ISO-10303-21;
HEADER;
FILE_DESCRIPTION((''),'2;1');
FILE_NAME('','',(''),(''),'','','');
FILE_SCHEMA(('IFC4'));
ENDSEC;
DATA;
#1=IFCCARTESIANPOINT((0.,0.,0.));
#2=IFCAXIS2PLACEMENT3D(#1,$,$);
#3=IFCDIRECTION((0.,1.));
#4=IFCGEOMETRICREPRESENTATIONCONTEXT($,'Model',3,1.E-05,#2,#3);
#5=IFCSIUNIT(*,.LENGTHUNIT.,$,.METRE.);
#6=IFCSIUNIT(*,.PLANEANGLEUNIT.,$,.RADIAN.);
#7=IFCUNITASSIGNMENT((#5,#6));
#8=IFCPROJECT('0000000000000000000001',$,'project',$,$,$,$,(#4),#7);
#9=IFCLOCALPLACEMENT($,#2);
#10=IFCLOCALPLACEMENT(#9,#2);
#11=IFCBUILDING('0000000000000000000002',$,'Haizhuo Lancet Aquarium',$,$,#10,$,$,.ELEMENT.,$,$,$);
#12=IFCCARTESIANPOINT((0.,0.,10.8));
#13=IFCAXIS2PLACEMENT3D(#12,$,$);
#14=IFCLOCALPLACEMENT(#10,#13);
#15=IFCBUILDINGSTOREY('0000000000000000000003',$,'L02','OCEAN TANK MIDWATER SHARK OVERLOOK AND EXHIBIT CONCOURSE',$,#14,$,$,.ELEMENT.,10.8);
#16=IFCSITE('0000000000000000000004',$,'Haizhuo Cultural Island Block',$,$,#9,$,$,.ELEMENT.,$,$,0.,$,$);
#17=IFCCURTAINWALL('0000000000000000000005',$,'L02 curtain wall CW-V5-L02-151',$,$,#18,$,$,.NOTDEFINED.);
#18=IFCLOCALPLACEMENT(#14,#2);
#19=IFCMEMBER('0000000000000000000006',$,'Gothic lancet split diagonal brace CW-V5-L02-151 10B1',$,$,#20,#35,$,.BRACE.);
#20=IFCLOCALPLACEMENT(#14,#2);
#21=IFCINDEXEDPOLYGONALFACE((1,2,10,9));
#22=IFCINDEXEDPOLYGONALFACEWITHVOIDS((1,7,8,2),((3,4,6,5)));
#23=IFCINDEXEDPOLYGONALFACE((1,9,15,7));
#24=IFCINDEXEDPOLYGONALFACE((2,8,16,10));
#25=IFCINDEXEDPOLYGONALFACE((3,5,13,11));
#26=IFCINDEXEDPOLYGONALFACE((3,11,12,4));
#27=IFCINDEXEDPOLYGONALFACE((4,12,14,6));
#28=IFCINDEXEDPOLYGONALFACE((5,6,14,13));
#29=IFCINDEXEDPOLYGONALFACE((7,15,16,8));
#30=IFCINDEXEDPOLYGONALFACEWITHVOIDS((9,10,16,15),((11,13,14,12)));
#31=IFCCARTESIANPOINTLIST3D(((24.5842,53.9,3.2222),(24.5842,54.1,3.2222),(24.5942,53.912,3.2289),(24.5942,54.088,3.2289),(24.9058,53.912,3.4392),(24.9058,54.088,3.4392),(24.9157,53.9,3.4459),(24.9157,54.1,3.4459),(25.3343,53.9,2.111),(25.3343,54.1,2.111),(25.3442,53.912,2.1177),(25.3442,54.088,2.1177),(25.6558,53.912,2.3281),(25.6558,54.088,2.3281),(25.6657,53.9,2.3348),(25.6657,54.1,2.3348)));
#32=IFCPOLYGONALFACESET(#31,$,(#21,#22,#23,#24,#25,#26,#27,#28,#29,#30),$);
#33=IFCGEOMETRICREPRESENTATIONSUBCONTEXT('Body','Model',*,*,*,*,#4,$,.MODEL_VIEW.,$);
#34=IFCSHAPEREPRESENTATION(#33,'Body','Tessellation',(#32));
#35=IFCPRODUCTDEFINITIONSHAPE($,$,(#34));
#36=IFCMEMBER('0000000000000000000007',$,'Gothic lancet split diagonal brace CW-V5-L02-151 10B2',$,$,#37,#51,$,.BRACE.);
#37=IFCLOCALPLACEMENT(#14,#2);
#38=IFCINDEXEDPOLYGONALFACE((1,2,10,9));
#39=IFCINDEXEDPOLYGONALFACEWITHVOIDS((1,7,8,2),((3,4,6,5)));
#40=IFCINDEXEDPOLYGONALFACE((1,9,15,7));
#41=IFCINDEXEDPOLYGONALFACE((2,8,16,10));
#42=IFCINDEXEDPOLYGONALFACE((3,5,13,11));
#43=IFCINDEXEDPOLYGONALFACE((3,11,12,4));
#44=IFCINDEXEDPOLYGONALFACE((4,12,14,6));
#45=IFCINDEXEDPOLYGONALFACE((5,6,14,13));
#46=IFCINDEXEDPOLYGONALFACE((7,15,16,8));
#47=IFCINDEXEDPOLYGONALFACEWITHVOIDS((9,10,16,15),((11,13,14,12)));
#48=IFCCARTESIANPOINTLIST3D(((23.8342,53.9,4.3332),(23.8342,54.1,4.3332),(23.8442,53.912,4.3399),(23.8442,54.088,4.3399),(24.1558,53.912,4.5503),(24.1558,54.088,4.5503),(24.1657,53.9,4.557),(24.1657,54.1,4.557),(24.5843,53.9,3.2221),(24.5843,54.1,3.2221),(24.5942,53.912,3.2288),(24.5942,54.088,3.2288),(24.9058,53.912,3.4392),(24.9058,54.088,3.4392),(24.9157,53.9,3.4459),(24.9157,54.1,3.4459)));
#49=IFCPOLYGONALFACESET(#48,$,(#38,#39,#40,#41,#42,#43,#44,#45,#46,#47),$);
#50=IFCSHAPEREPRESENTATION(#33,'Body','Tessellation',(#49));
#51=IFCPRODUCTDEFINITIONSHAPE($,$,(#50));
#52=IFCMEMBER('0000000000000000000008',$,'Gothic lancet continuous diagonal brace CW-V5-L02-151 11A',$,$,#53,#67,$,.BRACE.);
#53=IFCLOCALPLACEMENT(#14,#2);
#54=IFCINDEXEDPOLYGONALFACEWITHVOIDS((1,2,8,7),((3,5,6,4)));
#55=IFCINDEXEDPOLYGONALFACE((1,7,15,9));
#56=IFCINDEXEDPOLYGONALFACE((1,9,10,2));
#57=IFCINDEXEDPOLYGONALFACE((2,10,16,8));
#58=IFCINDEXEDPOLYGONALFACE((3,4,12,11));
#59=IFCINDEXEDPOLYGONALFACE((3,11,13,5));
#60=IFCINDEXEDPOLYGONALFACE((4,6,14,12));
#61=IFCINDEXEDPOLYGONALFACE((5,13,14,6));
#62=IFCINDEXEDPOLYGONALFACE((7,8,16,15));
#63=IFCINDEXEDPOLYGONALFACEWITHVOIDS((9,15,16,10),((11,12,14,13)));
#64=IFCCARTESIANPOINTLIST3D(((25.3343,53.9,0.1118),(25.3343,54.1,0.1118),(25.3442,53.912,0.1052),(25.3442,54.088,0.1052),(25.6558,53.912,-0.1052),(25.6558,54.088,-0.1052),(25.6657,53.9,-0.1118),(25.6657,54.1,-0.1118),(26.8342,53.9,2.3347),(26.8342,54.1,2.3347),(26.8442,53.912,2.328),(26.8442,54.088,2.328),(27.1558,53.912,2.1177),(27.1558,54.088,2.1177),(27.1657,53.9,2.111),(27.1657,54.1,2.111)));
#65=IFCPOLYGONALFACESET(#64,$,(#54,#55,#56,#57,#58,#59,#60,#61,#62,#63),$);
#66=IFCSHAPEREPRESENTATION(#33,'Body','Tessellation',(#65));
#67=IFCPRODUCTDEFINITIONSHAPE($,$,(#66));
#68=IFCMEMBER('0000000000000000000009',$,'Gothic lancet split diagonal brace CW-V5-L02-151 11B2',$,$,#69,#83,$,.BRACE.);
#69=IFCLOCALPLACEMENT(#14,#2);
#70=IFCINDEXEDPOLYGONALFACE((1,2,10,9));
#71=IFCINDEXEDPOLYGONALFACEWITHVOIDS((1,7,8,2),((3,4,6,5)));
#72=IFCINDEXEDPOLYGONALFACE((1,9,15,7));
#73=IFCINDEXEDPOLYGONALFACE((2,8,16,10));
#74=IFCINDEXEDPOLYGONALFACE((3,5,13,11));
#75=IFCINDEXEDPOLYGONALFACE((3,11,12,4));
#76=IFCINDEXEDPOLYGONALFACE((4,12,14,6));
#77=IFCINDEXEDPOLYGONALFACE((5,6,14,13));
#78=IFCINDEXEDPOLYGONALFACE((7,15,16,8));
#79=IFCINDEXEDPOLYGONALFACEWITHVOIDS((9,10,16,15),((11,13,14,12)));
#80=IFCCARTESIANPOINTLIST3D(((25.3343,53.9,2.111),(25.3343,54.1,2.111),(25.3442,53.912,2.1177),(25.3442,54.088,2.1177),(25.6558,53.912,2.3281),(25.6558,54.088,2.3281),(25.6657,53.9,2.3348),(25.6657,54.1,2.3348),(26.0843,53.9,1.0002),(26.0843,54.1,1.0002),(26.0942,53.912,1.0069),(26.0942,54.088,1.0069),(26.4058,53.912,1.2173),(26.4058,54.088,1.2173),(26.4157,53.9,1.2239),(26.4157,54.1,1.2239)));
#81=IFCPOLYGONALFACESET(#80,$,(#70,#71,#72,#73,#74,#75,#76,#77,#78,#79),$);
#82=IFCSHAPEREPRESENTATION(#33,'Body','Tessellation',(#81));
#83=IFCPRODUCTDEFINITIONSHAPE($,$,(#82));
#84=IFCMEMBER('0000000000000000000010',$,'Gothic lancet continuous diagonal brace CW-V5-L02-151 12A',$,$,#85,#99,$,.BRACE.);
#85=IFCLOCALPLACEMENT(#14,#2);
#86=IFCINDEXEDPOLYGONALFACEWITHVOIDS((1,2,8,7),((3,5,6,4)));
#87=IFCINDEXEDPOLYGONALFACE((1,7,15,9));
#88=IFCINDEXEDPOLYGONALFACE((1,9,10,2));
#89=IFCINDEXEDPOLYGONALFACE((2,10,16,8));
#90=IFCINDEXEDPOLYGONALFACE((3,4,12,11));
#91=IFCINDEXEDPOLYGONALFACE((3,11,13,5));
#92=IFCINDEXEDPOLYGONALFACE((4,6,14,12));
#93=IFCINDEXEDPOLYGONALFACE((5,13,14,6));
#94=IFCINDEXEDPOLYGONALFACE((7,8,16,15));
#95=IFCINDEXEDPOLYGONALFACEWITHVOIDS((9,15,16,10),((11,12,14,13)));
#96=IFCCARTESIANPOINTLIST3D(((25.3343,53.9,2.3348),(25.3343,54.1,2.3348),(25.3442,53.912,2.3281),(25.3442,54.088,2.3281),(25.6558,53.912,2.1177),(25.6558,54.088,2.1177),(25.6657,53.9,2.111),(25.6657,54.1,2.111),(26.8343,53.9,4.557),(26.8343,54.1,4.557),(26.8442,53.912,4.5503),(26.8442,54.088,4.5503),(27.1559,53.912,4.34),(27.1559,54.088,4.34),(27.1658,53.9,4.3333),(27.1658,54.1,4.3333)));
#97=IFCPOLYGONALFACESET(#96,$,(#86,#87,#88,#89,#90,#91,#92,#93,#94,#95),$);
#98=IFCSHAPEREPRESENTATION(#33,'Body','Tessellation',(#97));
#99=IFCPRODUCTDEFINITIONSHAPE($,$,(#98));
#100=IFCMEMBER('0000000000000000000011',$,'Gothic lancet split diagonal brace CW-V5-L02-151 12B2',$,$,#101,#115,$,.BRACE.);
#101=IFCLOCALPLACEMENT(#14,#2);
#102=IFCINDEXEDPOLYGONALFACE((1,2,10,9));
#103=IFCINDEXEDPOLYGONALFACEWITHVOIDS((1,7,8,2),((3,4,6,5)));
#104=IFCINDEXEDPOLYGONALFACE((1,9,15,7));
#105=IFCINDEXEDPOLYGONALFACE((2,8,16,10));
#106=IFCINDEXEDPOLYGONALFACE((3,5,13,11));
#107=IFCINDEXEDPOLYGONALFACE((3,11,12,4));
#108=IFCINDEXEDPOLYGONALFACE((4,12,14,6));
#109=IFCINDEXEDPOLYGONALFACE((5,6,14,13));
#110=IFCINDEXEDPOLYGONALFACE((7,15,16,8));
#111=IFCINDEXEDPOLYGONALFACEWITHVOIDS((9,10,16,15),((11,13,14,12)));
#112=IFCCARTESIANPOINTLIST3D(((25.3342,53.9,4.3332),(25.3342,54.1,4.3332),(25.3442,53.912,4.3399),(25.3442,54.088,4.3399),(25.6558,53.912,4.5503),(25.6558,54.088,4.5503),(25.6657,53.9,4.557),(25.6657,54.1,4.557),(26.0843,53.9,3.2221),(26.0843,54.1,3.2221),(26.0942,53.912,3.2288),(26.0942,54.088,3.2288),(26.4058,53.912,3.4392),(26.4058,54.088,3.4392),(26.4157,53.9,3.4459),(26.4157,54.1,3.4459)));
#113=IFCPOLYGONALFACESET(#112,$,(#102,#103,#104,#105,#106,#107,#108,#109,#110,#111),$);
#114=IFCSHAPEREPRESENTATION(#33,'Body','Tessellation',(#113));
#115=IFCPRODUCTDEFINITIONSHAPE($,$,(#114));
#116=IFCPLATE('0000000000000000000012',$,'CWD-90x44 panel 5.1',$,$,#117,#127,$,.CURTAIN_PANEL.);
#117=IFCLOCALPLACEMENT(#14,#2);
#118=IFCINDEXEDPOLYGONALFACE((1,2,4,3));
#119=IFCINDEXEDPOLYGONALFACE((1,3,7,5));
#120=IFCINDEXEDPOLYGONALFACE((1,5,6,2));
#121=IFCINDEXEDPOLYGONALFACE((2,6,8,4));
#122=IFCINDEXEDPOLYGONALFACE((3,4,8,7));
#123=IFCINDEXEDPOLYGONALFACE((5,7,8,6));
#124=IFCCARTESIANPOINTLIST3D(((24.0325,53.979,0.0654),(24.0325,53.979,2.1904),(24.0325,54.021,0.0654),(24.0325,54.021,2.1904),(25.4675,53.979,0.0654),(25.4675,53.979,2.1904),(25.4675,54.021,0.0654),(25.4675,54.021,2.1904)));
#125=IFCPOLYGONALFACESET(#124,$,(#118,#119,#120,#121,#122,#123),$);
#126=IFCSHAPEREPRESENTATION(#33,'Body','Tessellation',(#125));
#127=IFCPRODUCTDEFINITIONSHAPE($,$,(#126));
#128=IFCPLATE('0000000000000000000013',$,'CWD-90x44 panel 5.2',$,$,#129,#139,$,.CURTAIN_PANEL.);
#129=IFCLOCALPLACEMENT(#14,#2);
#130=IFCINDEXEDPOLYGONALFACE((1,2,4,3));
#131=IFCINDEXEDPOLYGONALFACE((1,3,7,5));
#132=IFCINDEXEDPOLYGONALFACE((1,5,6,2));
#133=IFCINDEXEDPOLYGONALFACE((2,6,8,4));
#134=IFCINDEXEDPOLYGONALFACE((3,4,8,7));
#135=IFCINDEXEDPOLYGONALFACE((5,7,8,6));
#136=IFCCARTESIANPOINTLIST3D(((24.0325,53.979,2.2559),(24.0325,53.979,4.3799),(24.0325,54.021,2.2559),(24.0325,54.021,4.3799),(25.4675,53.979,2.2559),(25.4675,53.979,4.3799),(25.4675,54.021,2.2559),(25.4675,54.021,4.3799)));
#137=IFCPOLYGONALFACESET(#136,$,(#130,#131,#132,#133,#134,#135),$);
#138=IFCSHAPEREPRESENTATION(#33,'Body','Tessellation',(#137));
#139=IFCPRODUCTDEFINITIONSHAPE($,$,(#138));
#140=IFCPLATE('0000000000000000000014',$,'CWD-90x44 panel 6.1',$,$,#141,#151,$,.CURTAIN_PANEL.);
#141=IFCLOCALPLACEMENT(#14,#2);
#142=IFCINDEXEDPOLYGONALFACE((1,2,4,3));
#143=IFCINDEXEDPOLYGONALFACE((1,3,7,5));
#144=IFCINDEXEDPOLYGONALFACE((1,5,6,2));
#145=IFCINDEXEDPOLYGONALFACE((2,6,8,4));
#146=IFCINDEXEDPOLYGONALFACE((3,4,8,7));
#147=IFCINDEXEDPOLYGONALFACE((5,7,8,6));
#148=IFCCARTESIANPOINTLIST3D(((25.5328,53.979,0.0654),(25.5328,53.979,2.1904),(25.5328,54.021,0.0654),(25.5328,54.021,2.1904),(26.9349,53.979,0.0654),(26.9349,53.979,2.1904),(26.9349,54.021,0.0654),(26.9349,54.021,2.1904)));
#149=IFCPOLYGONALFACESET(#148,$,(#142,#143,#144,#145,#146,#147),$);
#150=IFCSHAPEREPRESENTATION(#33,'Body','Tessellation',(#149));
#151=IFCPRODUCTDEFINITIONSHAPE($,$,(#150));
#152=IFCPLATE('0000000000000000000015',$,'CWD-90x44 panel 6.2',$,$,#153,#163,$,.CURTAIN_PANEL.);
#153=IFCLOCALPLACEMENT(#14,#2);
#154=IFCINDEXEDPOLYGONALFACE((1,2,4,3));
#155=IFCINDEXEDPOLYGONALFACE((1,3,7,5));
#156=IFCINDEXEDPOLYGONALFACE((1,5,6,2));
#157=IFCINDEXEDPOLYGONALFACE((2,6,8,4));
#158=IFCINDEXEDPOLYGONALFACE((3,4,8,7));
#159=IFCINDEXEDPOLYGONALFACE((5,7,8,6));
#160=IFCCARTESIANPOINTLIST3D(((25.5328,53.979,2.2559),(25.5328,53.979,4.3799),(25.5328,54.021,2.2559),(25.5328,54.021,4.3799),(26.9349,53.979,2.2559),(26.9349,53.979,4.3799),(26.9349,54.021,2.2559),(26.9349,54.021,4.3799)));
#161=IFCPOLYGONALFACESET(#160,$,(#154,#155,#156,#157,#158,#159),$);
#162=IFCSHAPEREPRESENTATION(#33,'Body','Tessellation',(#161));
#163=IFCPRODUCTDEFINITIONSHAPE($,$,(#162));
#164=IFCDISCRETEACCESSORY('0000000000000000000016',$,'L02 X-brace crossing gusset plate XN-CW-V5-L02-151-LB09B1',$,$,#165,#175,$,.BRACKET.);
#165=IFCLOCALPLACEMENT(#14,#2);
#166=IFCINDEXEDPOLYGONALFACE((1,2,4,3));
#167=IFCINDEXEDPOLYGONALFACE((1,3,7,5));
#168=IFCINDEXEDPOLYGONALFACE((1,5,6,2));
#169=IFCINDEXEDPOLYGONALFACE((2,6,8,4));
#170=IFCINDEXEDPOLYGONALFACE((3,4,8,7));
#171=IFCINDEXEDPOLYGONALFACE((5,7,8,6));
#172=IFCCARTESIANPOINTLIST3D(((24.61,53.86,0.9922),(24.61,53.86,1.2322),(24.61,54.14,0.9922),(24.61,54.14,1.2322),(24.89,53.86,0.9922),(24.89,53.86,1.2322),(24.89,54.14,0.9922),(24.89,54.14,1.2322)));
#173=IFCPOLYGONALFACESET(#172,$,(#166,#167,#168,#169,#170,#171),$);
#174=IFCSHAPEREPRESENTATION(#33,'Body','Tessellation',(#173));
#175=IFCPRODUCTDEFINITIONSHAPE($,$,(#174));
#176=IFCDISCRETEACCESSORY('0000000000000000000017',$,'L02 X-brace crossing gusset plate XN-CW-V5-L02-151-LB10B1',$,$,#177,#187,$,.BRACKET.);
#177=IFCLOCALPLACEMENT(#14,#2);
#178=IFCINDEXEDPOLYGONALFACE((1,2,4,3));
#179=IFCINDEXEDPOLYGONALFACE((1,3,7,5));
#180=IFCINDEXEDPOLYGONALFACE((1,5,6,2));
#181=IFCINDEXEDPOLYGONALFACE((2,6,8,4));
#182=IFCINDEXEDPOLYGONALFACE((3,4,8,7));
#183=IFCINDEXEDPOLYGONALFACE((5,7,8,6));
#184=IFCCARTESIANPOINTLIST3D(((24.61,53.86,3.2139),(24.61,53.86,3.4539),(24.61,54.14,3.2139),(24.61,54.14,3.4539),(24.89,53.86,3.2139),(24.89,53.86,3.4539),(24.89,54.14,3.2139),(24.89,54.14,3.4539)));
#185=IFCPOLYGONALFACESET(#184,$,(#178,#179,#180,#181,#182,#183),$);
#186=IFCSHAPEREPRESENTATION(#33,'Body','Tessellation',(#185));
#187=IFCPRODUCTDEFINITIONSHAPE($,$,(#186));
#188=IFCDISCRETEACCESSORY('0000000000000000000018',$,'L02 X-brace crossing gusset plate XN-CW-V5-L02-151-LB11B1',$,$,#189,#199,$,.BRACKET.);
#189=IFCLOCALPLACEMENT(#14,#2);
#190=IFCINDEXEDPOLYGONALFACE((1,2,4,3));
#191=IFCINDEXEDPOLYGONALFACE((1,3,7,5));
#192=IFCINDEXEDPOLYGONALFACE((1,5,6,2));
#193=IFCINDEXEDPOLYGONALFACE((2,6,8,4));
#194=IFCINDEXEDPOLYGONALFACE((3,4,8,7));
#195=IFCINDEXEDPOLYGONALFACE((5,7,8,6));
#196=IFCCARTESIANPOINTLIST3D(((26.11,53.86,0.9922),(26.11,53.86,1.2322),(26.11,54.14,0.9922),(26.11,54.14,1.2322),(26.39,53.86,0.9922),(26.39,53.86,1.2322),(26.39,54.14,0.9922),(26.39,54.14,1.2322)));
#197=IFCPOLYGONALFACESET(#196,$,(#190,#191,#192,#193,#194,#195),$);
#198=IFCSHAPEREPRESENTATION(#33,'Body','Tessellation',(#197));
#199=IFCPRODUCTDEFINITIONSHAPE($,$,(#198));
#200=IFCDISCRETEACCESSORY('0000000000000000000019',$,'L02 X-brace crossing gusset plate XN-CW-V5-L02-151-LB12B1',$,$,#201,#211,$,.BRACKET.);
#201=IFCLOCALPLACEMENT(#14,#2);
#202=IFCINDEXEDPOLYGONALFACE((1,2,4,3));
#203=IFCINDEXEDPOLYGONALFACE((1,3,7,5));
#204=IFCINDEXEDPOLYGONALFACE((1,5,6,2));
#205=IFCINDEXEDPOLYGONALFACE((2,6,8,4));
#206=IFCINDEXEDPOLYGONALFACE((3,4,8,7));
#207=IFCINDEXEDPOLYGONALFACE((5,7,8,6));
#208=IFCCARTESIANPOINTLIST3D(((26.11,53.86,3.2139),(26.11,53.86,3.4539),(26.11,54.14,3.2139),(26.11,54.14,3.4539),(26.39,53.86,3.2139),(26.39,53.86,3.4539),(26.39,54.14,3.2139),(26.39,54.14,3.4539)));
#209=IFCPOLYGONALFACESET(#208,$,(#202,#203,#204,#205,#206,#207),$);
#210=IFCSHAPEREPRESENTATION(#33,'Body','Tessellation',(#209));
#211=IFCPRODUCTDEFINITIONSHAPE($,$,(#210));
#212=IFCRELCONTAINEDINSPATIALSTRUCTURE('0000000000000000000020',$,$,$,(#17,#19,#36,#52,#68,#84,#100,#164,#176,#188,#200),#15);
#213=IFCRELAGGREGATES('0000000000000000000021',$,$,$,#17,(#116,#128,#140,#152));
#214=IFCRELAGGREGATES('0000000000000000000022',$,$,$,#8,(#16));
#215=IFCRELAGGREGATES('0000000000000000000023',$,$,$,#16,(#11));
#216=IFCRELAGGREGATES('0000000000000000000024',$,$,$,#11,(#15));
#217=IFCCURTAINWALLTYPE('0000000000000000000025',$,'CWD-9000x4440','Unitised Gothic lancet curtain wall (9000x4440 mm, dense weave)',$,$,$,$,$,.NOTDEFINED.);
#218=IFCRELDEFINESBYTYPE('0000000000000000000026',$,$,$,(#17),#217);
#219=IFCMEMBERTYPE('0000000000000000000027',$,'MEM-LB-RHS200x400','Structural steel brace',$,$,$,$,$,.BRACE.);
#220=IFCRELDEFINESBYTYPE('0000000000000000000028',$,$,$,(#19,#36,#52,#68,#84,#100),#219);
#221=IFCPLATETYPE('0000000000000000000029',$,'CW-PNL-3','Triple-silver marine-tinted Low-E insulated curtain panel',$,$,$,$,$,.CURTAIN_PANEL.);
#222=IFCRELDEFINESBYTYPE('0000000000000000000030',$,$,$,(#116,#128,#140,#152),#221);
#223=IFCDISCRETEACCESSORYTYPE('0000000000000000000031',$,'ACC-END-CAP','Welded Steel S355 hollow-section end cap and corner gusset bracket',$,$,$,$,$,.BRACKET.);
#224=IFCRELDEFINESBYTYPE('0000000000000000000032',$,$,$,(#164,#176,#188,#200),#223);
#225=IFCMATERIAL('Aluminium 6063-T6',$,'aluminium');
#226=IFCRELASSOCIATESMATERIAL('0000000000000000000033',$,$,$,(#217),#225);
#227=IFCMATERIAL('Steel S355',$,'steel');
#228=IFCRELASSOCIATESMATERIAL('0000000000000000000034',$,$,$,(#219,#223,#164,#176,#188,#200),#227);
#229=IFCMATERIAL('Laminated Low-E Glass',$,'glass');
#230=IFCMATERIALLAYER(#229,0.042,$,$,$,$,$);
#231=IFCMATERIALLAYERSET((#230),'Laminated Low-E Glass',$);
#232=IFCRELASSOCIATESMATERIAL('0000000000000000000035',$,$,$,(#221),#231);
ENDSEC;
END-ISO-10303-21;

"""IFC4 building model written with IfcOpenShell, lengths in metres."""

from ifc_helpers import new_model, si_unit, direction, frame, origin, origin_2d, place, context, subcontext, project, spatial, rectangle, hollow_rectangle, extrude, material, layer, layer_set, material_profile, profile_set, type_object, element, aggregate, save


model = new_model("IFC4")

# Units and contexts
model_context = context("Model", 3, precision=1e-05, world=origin(), true_north=direction((0.0, 1.0)))
body_context = subcontext(model_context, "Body", "Model", "MODEL_VIEW")
ifc_project = project(units=[si_unit("LENGTHUNIT", "METRE"), si_unit("PLANEANGLEUNIT", "RADIAN")], contexts=[model_context])

# Site, building, storey
site_placement = place(None, origin())
site = spatial("IfcSite", under=ifc_project, at=site_placement, Name="Haizhuo Cultural Island Block", CompositionType="ELEMENT", RefElevation=0.0)
building_placement = place(site_placement, origin())
building = spatial("IfcBuilding", under=site, at=building_placement, Name="Haizhuo Lancet Aquarium", CompositionType="ELEMENT")
storey_placement = place(building_placement, frame((0.0, 0.0, 10.8)))
storey = spatial("IfcBuildingStorey", under=building, at=storey_placement, Name="L02", Description="OCEAN TANK MIDWATER SHARK OVERLOOK AND EXHIBIT CONCOURSE", CompositionType="ELEMENT", Elevation=10.8)

# Curtain wall
ifc_material_1 = material(Name="Aluminium 6063-T6", Category="aluminium")
curtain_wall_type = type_object("IfcCurtainWallType", Name="CWD-9000x4440", Description="Unitised Gothic lancet curtain wall (9000x4440 mm, dense weave)", PredefinedType="NOTDEFINED", material=ifc_material_1)
curtain_wall_placement = place(storey_placement, origin())
curtain_wall = element("IfcCurtainWall", 1, at=curtain_wall_placement, inside=storey, type_object=curtain_wall_type, Name="L02 curtain wall CW-V5-L02-151", PredefinedType="NOTDEFINED")

# Members
ifc_material_2 = material(Name="Steel S355", Category="steel")
ifc_material_profile_1 = material_profile(ifc_material_2, hollow_rectangle(XDim=0.2, YDim=0.3999, WallThickness=0.012, at=origin_2d()), Name="RHS 200x400x12")
ifc_profile_set_1 = profile_set([ifc_material_profile_1], Name="Steel S355")
member_type_1 = type_object("IfcMemberType", Name="MEM-LB-RHS200x400", Description="Structural steel brace", PredefinedType="BRACE", material=ifc_profile_set_1)
for number, where, z_axis, x_axis, name in (
    (2, (25.5, 54.0, 2.2229), (-0.559482, 0.0, 0.828842), (0.0, -1.0, 0.0), "Gothic lancet split diagonal brace CW-V5-L02-151 10B1"),
    (3, (24.75, 54.0, 3.334), (-0.559482, 0.0, 0.828842), (0.0, -1.0, 0.0), "Gothic lancet split diagonal brace CW-V5-L02-151 10B2"),
):
    element("IfcMember", number, at=place(storey_placement, frame(where, z_axis=z_axis, x_axis=x_axis)), inside=storey, type_object=member_type_1, Name=name, PredefinedType="BRACE", context=body_context, shape_type="SweptSolid", body=[
        extrude(hollow_rectangle(XDim=0.2, YDim=0.3999, WallThickness=0.012, at=origin_2d()), origin(), (0.0, 0.0, 1.0), 1.3406),
    ])
member_1_placement = place(storey_placement, frame((25.5, 54.0, 0.0), z_axis=(0.559356, 0.0, 0.828928), x_axis=(0.0, 1.0, 0.0)))
element("IfcMember", 4, at=member_1_placement, inside=storey, type_object=member_type_1, Name="Gothic lancet continuous diagonal brace CW-V5-L02-151 11A", PredefinedType="BRACE", context=body_context, shape_type="SweptSolid", body=[
    extrude(hollow_rectangle(XDim=0.2, YDim=0.3999, WallThickness=0.012, at=origin_2d()), origin(), (0.0, 0.0, 1.0), 2.6816),
])
member_2_placement = place(storey_placement, frame((26.25, 54.0, 1.1121), z_axis=(-0.559567, 0.0, 0.828785), x_axis=(0.0, -1.0, 0.0)))
element("IfcMember", 5, at=member_2_placement, inside=storey, type_object=member_type_1, Name="Gothic lancet split diagonal brace CW-V5-L02-151 11B2", PredefinedType="BRACE", context=body_context, shape_type="SweptSolid", body=[
    extrude(hollow_rectangle(XDim=0.2, YDim=0.3999, WallThickness=0.012, at=origin_2d()), origin(), (0.0, 0.0, 1.0), 1.3403),
])
member_3_placement = place(storey_placement, frame((25.5, 54.0, 2.2229), z_axis=(0.559482, 0.0, 0.828842), x_axis=(0.0, 1.0, 0.0)))
element("IfcMember", 6, at=member_3_placement, inside=storey, type_object=member_type_1, Name="Gothic lancet continuous diagonal brace CW-V5-L02-151 12A", PredefinedType="BRACE", context=body_context, shape_type="SweptSolid", body=[
    extrude(hollow_rectangle(XDim=0.2, YDim=0.3999, WallThickness=0.012, at=origin_2d()), origin(), (0.0, 0.0, 1.0), 2.6812),
])
member_4_placement = place(storey_placement, frame((26.25, 54.0, 3.334), z_axis=(-0.559482, 0.0, 0.828842), x_axis=(0.0, -1.0, 0.0)))
element("IfcMember", 7, at=member_4_placement, inside=storey, type_object=member_type_1, Name="Gothic lancet split diagonal brace CW-V5-L02-151 12B2", PredefinedType="BRACE", context=body_context, shape_type="SweptSolid", body=[
    extrude(hollow_rectangle(XDim=0.2, YDim=0.3999, WallThickness=0.012, at=origin_2d()), origin(), (0.0, 0.0, 1.0), 1.3406),
])

# Plates
ifc_material_3 = material(Name="Laminated Low-E Glass", Category="glass")
ifc_layer = layer(ifc_material_3, 0.042)
ifc_layer_set = layer_set([ifc_layer], Name="Laminated Low-E Glass")
plate_type = type_object("IfcPlateType", Name="CW-PNL-3", Description="Triple-silver marine-tinted Low-E insulated curtain panel", PredefinedType="CURTAIN_PANEL", material=ifc_layer_set)
plate_1_placement = place(storey_placement, frame((24.75, 54.0, 0.0654), z_axis=(0.0, 0.0, 1.0), x_axis=(1.0, 0.0, 0.0)))
plate_1 = element("IfcPlate", 8, at=plate_1_placement, type_object=plate_type, Name="CWD-90x44 panel 5.1", PredefinedType="CURTAIN_PANEL", context=body_context, shape_type="SweptSolid", body=[
    extrude(rectangle(XDim=1.4351, YDim=0.042, at=origin_2d()), origin(), (0.0, 0.0, 1.0), 2.125),
])
plate_2_placement = place(storey_placement, frame((24.75, 54.0, 2.2559), z_axis=(0.0, 0.0, 1.0), x_axis=(1.0, 0.0, 0.0)))
plate_2 = element("IfcPlate", 9, at=plate_2_placement, type_object=plate_type, Name="CWD-90x44 panel 5.2", PredefinedType="CURTAIN_PANEL", context=body_context, shape_type="SweptSolid", body=[
    extrude(rectangle(XDim=1.4351, YDim=0.042, at=origin_2d()), origin(), (0.0, 0.0, 1.0), 2.124),
])
plate_3_placement = place(storey_placement, frame((26.2339, 54.0, 0.0654), z_axis=(0.0, 0.0, 1.0), x_axis=(1.0, 0.0, 0.0)))
plate_3 = element("IfcPlate", 10, at=plate_3_placement, type_object=plate_type, Name="CWD-90x44 panel 6.1", PredefinedType="CURTAIN_PANEL", context=body_context, shape_type="SweptSolid", body=[
    extrude(rectangle(XDim=1.4021, YDim=0.042, at=origin_2d()), origin(), (0.0, 0.0, 1.0), 2.125),
])
plate_4_placement = place(storey_placement, frame((26.2339, 54.0, 2.2559), z_axis=(0.0, 0.0, 1.0), x_axis=(1.0, 0.0, 0.0)))
plate_4 = element("IfcPlate", 11, at=plate_4_placement, type_object=plate_type, Name="CWD-90x44 panel 6.2", PredefinedType="CURTAIN_PANEL", context=body_context, shape_type="SweptSolid", body=[
    extrude(rectangle(XDim=1.4021, YDim=0.042, at=origin_2d()), origin(), (0.0, 0.0, 1.0), 2.124),
])
aggregate(curtain_wall, [plate_1, plate_2, plate_3, plate_4])

# Discrete accessories
discrete_accessory_type = type_object("IfcDiscreteAccessoryType", Name="ACC-END-CAP", Description="Welded Steel S355 hollow-section end cap and corner gusset bracket", PredefinedType="BRACKET", material=ifc_material_2)
for number, where, z_axis, x_axis, name in (
    (12, (24.75, 54.0, 0.9922), (0.0, 0.0, 1.0), (1.0, 0.0, 0.0), "L02 X-brace crossing gusset plate XN-CW-V5-L02-151-LB09B1"),
    (13, (24.75, 54.0, 3.2139), (0.0, 0.0, 1.0), (1.0, 0.0, 0.0), "L02 X-brace crossing gusset plate XN-CW-V5-L02-151-LB10B1"),
    (14, (26.25, 54.0, 0.9922), (0.0, 0.0, 1.0), (1.0, 0.0, 0.0), "L02 X-brace crossing gusset plate XN-CW-V5-L02-151-LB11B1"),
    (15, (26.25, 54.0, 3.2139), (0.0, 0.0, 1.0), (1.0, 0.0, 0.0), "L02 X-brace crossing gusset plate XN-CW-V5-L02-151-LB12B1"),
):
    element("IfcDiscreteAccessory", number, at=place(storey_placement, frame(where, z_axis=z_axis, x_axis=x_axis)), inside=storey, type_object=discrete_accessory_type, material=ifc_material_2, Name=name, PredefinedType="BRACKET", context=body_context, shape_type="SweptSolid", body=[
        extrude(rectangle(XDim=0.28, YDim=0.28, at=origin_2d()), origin(), (0.0, 0.0, 1.0), 0.24),
    ])

save(model, "model.ifc")
